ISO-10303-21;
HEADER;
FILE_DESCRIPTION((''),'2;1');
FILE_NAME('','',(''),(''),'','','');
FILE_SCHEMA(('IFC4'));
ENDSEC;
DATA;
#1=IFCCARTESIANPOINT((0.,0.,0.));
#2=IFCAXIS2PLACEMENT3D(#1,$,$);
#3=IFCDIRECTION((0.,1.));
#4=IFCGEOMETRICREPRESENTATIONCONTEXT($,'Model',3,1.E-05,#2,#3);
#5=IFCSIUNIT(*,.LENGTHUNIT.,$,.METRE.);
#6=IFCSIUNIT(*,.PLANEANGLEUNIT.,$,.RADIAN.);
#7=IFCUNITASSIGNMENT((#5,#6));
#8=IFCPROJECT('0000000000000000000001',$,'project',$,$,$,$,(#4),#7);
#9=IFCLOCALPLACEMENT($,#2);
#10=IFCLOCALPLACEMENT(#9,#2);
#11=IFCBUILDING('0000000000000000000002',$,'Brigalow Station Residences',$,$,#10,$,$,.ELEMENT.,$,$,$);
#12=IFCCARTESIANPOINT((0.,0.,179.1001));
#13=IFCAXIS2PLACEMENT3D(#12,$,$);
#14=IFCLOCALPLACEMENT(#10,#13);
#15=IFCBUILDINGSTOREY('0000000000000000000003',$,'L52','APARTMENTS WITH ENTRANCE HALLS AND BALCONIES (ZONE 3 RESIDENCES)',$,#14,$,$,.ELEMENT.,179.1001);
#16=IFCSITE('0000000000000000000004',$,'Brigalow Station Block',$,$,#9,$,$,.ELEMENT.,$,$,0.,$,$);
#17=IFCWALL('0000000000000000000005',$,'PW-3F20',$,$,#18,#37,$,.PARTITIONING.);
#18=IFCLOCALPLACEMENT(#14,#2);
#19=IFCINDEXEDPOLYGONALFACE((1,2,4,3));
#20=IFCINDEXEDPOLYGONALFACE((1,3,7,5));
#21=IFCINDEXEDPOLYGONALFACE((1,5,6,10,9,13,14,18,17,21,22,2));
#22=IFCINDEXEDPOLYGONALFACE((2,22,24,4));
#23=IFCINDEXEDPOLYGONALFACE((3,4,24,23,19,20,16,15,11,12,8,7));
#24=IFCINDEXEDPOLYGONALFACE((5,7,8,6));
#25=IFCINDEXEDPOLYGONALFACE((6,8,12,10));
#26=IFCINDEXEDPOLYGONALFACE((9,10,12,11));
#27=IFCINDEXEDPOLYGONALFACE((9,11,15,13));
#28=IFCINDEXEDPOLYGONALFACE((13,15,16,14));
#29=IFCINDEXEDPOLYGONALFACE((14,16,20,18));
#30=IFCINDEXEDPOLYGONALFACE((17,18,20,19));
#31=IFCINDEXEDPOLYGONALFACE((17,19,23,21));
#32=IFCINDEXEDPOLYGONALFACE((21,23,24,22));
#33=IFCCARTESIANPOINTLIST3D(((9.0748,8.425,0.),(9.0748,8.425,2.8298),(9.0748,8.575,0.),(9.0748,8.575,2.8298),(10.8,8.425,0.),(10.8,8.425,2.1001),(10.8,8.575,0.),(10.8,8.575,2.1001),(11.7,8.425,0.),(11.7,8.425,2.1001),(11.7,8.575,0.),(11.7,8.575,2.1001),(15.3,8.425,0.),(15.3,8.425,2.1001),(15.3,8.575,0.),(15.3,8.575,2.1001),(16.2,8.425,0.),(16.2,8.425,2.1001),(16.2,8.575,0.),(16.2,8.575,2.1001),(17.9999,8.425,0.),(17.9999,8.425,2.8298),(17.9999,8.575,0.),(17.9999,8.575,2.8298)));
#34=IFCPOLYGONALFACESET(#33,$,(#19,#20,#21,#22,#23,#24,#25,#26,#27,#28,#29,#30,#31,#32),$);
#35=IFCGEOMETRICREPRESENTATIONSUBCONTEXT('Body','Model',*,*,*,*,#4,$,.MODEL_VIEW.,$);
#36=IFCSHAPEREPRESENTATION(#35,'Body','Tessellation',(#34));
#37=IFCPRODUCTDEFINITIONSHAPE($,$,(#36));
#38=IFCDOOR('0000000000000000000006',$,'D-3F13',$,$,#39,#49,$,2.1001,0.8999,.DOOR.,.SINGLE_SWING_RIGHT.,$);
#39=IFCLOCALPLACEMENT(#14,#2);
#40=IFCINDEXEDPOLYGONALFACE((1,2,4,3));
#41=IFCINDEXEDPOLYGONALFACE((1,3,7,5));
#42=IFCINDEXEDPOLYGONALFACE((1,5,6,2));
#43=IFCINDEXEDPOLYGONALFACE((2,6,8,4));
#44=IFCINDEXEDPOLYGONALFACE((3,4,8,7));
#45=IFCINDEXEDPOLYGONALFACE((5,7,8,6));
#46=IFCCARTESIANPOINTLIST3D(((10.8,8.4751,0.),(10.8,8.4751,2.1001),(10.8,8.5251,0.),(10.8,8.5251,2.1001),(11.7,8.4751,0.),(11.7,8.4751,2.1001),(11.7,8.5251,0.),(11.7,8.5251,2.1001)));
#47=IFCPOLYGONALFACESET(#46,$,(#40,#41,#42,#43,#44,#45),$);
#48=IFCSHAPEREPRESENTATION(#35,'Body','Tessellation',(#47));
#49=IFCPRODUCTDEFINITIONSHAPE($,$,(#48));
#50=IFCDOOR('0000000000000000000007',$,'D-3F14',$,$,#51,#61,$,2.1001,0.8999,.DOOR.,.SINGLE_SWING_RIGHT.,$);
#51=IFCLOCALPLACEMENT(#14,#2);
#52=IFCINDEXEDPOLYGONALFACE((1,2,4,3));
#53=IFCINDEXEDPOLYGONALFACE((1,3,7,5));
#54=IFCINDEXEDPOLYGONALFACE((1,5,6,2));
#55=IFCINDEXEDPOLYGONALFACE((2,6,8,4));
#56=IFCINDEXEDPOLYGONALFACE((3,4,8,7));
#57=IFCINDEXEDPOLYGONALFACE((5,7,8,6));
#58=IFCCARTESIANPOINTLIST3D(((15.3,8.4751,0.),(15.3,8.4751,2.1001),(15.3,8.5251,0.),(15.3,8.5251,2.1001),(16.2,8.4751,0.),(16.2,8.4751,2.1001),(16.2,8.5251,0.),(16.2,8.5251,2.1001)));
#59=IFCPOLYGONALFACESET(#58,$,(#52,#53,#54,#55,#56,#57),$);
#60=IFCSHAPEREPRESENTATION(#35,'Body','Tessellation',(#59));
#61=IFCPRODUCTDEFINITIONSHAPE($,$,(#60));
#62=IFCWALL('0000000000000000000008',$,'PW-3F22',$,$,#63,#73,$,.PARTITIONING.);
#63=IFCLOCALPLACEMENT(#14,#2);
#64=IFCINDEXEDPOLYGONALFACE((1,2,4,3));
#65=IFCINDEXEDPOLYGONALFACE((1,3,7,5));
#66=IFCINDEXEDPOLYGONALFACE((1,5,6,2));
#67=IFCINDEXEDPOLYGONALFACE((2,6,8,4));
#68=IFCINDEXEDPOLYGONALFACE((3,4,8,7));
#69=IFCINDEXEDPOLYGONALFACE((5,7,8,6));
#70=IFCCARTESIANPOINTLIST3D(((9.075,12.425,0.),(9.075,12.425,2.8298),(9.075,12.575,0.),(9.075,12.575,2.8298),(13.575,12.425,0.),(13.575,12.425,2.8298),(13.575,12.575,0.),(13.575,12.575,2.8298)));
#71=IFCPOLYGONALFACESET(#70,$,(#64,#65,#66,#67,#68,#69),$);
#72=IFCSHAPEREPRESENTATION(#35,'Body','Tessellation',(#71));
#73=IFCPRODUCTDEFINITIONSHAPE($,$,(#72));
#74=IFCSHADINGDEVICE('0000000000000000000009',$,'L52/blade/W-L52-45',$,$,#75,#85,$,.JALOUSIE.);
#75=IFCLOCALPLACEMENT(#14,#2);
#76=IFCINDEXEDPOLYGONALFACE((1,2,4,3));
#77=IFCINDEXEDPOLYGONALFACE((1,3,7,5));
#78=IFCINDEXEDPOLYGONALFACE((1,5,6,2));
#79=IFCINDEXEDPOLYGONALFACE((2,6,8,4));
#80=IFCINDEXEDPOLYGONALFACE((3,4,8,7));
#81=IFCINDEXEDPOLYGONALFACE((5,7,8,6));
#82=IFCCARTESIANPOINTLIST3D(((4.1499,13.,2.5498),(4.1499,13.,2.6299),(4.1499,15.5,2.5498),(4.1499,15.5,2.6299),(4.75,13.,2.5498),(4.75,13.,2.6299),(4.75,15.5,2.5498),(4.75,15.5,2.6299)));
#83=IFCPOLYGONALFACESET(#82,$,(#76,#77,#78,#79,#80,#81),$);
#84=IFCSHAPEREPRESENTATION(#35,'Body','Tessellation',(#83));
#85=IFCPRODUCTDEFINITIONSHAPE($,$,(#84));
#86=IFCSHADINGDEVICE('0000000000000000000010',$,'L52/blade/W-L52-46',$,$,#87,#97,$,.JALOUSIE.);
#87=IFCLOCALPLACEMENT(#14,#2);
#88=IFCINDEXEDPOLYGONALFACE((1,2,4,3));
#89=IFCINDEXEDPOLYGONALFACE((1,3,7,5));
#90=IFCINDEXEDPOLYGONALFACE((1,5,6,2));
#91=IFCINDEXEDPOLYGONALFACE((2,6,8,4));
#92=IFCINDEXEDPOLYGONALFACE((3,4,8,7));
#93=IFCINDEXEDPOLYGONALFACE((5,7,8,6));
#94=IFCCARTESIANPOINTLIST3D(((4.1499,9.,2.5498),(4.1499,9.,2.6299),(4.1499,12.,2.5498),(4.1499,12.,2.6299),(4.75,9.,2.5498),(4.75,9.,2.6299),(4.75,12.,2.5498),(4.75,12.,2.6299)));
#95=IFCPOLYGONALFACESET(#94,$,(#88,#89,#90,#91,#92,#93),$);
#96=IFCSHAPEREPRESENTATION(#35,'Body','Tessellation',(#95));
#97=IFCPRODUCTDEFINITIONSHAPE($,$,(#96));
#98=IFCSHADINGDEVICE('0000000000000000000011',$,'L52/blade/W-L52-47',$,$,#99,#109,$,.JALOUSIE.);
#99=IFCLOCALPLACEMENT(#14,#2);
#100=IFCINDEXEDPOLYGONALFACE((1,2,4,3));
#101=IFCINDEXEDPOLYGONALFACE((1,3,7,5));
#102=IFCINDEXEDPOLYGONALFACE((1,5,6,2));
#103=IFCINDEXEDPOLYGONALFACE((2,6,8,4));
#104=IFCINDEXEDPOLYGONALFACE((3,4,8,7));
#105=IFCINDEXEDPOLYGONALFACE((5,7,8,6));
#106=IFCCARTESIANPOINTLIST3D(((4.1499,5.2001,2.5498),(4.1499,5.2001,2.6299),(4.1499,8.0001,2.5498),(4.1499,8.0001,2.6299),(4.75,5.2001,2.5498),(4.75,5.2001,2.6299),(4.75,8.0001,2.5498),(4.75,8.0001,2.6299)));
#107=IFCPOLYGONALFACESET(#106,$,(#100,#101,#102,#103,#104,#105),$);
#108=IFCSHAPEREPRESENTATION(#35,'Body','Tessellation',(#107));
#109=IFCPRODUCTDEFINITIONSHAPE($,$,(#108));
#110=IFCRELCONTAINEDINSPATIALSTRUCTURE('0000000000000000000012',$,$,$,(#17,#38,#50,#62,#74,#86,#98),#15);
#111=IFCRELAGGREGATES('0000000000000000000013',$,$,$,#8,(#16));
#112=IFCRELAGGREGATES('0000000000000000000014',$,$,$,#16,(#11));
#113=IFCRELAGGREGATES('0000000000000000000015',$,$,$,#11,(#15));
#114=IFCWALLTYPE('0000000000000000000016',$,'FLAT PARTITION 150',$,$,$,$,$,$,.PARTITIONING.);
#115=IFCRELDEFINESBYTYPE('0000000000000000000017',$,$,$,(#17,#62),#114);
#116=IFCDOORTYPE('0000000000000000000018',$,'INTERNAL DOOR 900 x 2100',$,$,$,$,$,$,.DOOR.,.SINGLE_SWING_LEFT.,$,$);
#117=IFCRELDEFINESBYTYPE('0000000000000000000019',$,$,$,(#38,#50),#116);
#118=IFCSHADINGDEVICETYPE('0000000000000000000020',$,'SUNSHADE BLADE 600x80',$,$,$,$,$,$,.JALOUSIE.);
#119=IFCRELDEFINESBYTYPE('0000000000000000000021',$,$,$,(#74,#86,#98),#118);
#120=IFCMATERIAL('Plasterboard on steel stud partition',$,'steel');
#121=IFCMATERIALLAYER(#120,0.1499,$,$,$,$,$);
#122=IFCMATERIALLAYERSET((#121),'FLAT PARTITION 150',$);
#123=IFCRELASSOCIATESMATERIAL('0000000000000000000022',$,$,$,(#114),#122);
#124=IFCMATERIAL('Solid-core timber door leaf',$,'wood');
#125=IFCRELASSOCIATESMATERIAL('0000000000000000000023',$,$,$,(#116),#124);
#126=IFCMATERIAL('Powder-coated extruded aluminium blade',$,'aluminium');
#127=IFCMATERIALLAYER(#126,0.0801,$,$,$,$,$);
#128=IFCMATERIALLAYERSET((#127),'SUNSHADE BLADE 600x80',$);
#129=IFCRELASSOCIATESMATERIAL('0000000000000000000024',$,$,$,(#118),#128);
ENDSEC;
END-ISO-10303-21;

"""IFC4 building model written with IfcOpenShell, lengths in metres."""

from ifc_helpers import new_model, si_unit, direction, frame, frame_2d, origin, origin_2d, place, context, subcontext, project, spatial, rectangle, extrude, material, layer, layer_set, type_object, element, fill, save


model = new_model("IFC4")

# Units and contexts
model_context = context("Model", 3, precision=1e-05, world=origin(), true_north=direction((0.0, 1.0)))
body_context = subcontext(model_context, "Body", "Model", "MODEL_VIEW")
ifc_project = project(units=[si_unit("LENGTHUNIT", "METRE"), si_unit("PLANEANGLEUNIT", "RADIAN")], contexts=[model_context])

# Site, building, storey
site_placement = place(None, origin())
site = spatial("IfcSite", under=ifc_project, at=site_placement, Name="Brigalow Station Block", CompositionType="ELEMENT", RefElevation=0.0)
building_placement = place(site_placement, origin())
building = spatial("IfcBuilding", under=site, at=building_placement, Name="Brigalow Station Residences", CompositionType="ELEMENT")
storey_placement = place(building_placement, frame((0.0, 0.0, 179.1001)))
storey = spatial("IfcBuildingStorey", under=building, at=storey_placement, Name="L52", Description="APARTMENTS WITH ENTRANCE HALLS AND BALCONIES (ZONE 3 RESIDENCES)", CompositionType="ELEMENT", Elevation=179.1001)

# Shared definitions
ifc_material_1 = material(Name="Plasterboard on steel stud partition", Category="steel")
ifc_layer_1 = layer(ifc_material_1, 0.1499)
ifc_layer_set_1 = layer_set([ifc_layer_1], Name="FLAT PARTITION 150")
wall_type_1 = type_object("IfcWallType", Name="FLAT PARTITION 150", PredefinedType="PARTITIONING", material=ifc_layer_set_1)

# Wall, openings, doors
wall_1_placement = place(storey_placement, frame((9.075, 8.5, 0.0), z_axis=(0.0, 0.0, 1.0), x_axis=(1.0, 0.0, 0.0)))
wall_1 = element("IfcWall", 1, at=wall_1_placement, inside=storey, type_object=wall_type_1, Name="PW-3F20", PredefinedType="PARTITIONING", context=body_context, shape_type="SweptSolid", body=[
    extrude(rectangle(XDim=8.925, YDim=0.1499, at=frame_2d((4.4624, 0.0))), origin(), (0.0, 0.0, 1.0), 2.8298),
])
opening_1_placement = place(wall_1_placement, frame((1.7251, 0.0, 0.0)))
opening_1 = element("IfcOpeningElement", 2, at=opening_1_placement, cuts=wall_1, PredefinedType="OPENING", context=body_context, shape_type="SweptSolid", body=[
    extrude(rectangle(XDim=0.8999, YDim=2.1001, at=frame_2d((0.45, 1.05))), frame((0.0, 0.085, 0.0), z_axis=(0.0, -1.0, 0.0), x_axis=(1.0, 0.0, 0.0)), (0.0, 0.0, 1.0), 0.1699),
])
opening_2_placement = place(wall_1_placement, frame((6.2251, 0.0, 0.0)))
opening_2 = element("IfcOpeningElement", 3, at=opening_2_placement, cuts=wall_1, PredefinedType="OPENING", context=body_context, shape_type="SweptSolid", body=[
    extrude(rectangle(XDim=0.8999, YDim=2.1001, at=frame_2d((0.45, 1.05))), frame((0.0, 0.085, 0.0), z_axis=(0.0, -1.0, 0.0), x_axis=(1.0, 0.0, 0.0)), (0.0, 0.0, 1.0), 0.1699),
])
ifc_material_2 = material(Name="Solid-core timber door leaf", Category="wood")
door_type_1 = type_object("IfcDoorType", Name="INTERNAL DOOR 900 x 2100", OperationType="SINGLE_SWING_LEFT", PredefinedType="DOOR", material=ifc_material_2)
door_1_placement = place(opening_1_placement, frame((0.8999, 0.0, 0.0), z_axis=(0.0, 0.0, 1.0), x_axis=(-1.0, 0.0, 0.0)))
door_1 = element("IfcDoor", 4, at=door_1_placement, inside=storey, type_object=door_type_1, Name="D-3F13", OperationType="SINGLE_SWING_RIGHT", OverallHeight=2.1001, OverallWidth=0.8999, PredefinedType="DOOR", context=body_context, shape_type="SweptSolid", body=[
    extrude(rectangle(XDim=0.8999, YDim=2.1001, at=frame_2d((0.45, 1.05))), frame((0.0, 0.0249, 0.0), z_axis=(0.0, -1.0, 0.0), x_axis=(1.0, 0.0, 0.0)), (0.0, 0.0, 1.0), 0.05),
])
fill(opening_1, door_1)
door_2_placement = place(opening_2_placement, frame((0.8999, 0.0, 0.0), z_axis=(0.0, 0.0, 1.0), x_axis=(-1.0, 0.0, 0.0)))
door_2 = element("IfcDoor", 5, at=door_2_placement, inside=storey, type_object=door_type_1, Name="D-3F14", OperationType="SINGLE_SWING_RIGHT", OverallHeight=2.1001, OverallWidth=0.8999, PredefinedType="DOOR", context=body_context, shape_type="SweptSolid", body=[
    extrude(rectangle(XDim=0.8999, YDim=2.1001, at=frame_2d((0.45, 1.05))), frame((0.0, 0.0249, 0.0), z_axis=(0.0, -1.0, 0.0), x_axis=(1.0, 0.0, 0.0)), (0.0, 0.0, 1.0), 0.05),
])
fill(opening_2, door_2)

# Wall
wall_2_placement = place(storey_placement, frame((9.075, 12.5, 0.0), z_axis=(0.0, 0.0, 1.0), x_axis=(1.0, 0.0, 0.0)))
element("IfcWall", 6, at=wall_2_placement, inside=storey, type_object=wall_type_1, Name="PW-3F22", PredefinedType="PARTITIONING", context=body_context, shape_type="SweptSolid", body=[
    extrude(rectangle(XDim=4.5, YDim=0.1499, at=frame_2d((2.25, 0.0))), origin(), (0.0, 0.0, 1.0), 2.8298),
])

# Shading devices
ifc_material_3 = material(Name="Powder-coated extruded aluminium blade", Category="aluminium")
ifc_layer_2 = layer(ifc_material_3, 0.0801)
ifc_layer_set_2 = layer_set([ifc_layer_2], Name="SUNSHADE BLADE 600x80")
shading_device_type = type_object("IfcShadingDeviceType", Name="SUNSHADE BLADE 600x80", PredefinedType="JALOUSIE", material=ifc_layer_set_2)
shading_device_1_placement = place(storey_placement, frame((4.45, 14.25, 2.5498), z_axis=(0.0, 0.0, 1.0), x_axis=(0.0, -1.0, 0.0)))
element("IfcShadingDevice", 7, at=shading_device_1_placement, inside=storey, type_object=shading_device_type, Name="L52/blade/W-L52-45", PredefinedType="JALOUSIE", context=body_context, shape_type="SweptSolid", body=[
    extrude(rectangle(XDim=2.5, YDim=0.6001, at=origin_2d()), origin(), (0.0, 0.0, 1.0), 0.0801),
])
shading_device_2_placement = place(storey_placement, frame((4.45, 10.5, 2.5498), z_axis=(0.0, 0.0, 1.0), x_axis=(0.0, -1.0, 0.0)))
element("IfcShadingDevice", 8, at=shading_device_2_placement, inside=storey, type_object=shading_device_type, Name="L52/blade/W-L52-46", PredefinedType="JALOUSIE", context=body_context, shape_type="SweptSolid", body=[
    extrude(rectangle(XDim=3.0, YDim=0.6001, at=origin_2d()), origin(), (0.0, 0.0, 1.0), 0.0801),
])
shading_device_3_placement = place(storey_placement, frame((4.45, 6.6001, 2.5498), z_axis=(0.0, 0.0, 1.0), x_axis=(0.0, -1.0, 0.0)))
element("IfcShadingDevice", 9, at=shading_device_3_placement, inside=storey, type_object=shading_device_type, Name="L52/blade/W-L52-47", PredefinedType="JALOUSIE", context=body_context, shape_type="SweptSolid", body=[
    extrude(rectangle(XDim=2.8, YDim=0.6001, at=origin_2d()), origin(), (0.0, 0.0, 1.0), 0.0801),
])

save(model, "model.ifc")
